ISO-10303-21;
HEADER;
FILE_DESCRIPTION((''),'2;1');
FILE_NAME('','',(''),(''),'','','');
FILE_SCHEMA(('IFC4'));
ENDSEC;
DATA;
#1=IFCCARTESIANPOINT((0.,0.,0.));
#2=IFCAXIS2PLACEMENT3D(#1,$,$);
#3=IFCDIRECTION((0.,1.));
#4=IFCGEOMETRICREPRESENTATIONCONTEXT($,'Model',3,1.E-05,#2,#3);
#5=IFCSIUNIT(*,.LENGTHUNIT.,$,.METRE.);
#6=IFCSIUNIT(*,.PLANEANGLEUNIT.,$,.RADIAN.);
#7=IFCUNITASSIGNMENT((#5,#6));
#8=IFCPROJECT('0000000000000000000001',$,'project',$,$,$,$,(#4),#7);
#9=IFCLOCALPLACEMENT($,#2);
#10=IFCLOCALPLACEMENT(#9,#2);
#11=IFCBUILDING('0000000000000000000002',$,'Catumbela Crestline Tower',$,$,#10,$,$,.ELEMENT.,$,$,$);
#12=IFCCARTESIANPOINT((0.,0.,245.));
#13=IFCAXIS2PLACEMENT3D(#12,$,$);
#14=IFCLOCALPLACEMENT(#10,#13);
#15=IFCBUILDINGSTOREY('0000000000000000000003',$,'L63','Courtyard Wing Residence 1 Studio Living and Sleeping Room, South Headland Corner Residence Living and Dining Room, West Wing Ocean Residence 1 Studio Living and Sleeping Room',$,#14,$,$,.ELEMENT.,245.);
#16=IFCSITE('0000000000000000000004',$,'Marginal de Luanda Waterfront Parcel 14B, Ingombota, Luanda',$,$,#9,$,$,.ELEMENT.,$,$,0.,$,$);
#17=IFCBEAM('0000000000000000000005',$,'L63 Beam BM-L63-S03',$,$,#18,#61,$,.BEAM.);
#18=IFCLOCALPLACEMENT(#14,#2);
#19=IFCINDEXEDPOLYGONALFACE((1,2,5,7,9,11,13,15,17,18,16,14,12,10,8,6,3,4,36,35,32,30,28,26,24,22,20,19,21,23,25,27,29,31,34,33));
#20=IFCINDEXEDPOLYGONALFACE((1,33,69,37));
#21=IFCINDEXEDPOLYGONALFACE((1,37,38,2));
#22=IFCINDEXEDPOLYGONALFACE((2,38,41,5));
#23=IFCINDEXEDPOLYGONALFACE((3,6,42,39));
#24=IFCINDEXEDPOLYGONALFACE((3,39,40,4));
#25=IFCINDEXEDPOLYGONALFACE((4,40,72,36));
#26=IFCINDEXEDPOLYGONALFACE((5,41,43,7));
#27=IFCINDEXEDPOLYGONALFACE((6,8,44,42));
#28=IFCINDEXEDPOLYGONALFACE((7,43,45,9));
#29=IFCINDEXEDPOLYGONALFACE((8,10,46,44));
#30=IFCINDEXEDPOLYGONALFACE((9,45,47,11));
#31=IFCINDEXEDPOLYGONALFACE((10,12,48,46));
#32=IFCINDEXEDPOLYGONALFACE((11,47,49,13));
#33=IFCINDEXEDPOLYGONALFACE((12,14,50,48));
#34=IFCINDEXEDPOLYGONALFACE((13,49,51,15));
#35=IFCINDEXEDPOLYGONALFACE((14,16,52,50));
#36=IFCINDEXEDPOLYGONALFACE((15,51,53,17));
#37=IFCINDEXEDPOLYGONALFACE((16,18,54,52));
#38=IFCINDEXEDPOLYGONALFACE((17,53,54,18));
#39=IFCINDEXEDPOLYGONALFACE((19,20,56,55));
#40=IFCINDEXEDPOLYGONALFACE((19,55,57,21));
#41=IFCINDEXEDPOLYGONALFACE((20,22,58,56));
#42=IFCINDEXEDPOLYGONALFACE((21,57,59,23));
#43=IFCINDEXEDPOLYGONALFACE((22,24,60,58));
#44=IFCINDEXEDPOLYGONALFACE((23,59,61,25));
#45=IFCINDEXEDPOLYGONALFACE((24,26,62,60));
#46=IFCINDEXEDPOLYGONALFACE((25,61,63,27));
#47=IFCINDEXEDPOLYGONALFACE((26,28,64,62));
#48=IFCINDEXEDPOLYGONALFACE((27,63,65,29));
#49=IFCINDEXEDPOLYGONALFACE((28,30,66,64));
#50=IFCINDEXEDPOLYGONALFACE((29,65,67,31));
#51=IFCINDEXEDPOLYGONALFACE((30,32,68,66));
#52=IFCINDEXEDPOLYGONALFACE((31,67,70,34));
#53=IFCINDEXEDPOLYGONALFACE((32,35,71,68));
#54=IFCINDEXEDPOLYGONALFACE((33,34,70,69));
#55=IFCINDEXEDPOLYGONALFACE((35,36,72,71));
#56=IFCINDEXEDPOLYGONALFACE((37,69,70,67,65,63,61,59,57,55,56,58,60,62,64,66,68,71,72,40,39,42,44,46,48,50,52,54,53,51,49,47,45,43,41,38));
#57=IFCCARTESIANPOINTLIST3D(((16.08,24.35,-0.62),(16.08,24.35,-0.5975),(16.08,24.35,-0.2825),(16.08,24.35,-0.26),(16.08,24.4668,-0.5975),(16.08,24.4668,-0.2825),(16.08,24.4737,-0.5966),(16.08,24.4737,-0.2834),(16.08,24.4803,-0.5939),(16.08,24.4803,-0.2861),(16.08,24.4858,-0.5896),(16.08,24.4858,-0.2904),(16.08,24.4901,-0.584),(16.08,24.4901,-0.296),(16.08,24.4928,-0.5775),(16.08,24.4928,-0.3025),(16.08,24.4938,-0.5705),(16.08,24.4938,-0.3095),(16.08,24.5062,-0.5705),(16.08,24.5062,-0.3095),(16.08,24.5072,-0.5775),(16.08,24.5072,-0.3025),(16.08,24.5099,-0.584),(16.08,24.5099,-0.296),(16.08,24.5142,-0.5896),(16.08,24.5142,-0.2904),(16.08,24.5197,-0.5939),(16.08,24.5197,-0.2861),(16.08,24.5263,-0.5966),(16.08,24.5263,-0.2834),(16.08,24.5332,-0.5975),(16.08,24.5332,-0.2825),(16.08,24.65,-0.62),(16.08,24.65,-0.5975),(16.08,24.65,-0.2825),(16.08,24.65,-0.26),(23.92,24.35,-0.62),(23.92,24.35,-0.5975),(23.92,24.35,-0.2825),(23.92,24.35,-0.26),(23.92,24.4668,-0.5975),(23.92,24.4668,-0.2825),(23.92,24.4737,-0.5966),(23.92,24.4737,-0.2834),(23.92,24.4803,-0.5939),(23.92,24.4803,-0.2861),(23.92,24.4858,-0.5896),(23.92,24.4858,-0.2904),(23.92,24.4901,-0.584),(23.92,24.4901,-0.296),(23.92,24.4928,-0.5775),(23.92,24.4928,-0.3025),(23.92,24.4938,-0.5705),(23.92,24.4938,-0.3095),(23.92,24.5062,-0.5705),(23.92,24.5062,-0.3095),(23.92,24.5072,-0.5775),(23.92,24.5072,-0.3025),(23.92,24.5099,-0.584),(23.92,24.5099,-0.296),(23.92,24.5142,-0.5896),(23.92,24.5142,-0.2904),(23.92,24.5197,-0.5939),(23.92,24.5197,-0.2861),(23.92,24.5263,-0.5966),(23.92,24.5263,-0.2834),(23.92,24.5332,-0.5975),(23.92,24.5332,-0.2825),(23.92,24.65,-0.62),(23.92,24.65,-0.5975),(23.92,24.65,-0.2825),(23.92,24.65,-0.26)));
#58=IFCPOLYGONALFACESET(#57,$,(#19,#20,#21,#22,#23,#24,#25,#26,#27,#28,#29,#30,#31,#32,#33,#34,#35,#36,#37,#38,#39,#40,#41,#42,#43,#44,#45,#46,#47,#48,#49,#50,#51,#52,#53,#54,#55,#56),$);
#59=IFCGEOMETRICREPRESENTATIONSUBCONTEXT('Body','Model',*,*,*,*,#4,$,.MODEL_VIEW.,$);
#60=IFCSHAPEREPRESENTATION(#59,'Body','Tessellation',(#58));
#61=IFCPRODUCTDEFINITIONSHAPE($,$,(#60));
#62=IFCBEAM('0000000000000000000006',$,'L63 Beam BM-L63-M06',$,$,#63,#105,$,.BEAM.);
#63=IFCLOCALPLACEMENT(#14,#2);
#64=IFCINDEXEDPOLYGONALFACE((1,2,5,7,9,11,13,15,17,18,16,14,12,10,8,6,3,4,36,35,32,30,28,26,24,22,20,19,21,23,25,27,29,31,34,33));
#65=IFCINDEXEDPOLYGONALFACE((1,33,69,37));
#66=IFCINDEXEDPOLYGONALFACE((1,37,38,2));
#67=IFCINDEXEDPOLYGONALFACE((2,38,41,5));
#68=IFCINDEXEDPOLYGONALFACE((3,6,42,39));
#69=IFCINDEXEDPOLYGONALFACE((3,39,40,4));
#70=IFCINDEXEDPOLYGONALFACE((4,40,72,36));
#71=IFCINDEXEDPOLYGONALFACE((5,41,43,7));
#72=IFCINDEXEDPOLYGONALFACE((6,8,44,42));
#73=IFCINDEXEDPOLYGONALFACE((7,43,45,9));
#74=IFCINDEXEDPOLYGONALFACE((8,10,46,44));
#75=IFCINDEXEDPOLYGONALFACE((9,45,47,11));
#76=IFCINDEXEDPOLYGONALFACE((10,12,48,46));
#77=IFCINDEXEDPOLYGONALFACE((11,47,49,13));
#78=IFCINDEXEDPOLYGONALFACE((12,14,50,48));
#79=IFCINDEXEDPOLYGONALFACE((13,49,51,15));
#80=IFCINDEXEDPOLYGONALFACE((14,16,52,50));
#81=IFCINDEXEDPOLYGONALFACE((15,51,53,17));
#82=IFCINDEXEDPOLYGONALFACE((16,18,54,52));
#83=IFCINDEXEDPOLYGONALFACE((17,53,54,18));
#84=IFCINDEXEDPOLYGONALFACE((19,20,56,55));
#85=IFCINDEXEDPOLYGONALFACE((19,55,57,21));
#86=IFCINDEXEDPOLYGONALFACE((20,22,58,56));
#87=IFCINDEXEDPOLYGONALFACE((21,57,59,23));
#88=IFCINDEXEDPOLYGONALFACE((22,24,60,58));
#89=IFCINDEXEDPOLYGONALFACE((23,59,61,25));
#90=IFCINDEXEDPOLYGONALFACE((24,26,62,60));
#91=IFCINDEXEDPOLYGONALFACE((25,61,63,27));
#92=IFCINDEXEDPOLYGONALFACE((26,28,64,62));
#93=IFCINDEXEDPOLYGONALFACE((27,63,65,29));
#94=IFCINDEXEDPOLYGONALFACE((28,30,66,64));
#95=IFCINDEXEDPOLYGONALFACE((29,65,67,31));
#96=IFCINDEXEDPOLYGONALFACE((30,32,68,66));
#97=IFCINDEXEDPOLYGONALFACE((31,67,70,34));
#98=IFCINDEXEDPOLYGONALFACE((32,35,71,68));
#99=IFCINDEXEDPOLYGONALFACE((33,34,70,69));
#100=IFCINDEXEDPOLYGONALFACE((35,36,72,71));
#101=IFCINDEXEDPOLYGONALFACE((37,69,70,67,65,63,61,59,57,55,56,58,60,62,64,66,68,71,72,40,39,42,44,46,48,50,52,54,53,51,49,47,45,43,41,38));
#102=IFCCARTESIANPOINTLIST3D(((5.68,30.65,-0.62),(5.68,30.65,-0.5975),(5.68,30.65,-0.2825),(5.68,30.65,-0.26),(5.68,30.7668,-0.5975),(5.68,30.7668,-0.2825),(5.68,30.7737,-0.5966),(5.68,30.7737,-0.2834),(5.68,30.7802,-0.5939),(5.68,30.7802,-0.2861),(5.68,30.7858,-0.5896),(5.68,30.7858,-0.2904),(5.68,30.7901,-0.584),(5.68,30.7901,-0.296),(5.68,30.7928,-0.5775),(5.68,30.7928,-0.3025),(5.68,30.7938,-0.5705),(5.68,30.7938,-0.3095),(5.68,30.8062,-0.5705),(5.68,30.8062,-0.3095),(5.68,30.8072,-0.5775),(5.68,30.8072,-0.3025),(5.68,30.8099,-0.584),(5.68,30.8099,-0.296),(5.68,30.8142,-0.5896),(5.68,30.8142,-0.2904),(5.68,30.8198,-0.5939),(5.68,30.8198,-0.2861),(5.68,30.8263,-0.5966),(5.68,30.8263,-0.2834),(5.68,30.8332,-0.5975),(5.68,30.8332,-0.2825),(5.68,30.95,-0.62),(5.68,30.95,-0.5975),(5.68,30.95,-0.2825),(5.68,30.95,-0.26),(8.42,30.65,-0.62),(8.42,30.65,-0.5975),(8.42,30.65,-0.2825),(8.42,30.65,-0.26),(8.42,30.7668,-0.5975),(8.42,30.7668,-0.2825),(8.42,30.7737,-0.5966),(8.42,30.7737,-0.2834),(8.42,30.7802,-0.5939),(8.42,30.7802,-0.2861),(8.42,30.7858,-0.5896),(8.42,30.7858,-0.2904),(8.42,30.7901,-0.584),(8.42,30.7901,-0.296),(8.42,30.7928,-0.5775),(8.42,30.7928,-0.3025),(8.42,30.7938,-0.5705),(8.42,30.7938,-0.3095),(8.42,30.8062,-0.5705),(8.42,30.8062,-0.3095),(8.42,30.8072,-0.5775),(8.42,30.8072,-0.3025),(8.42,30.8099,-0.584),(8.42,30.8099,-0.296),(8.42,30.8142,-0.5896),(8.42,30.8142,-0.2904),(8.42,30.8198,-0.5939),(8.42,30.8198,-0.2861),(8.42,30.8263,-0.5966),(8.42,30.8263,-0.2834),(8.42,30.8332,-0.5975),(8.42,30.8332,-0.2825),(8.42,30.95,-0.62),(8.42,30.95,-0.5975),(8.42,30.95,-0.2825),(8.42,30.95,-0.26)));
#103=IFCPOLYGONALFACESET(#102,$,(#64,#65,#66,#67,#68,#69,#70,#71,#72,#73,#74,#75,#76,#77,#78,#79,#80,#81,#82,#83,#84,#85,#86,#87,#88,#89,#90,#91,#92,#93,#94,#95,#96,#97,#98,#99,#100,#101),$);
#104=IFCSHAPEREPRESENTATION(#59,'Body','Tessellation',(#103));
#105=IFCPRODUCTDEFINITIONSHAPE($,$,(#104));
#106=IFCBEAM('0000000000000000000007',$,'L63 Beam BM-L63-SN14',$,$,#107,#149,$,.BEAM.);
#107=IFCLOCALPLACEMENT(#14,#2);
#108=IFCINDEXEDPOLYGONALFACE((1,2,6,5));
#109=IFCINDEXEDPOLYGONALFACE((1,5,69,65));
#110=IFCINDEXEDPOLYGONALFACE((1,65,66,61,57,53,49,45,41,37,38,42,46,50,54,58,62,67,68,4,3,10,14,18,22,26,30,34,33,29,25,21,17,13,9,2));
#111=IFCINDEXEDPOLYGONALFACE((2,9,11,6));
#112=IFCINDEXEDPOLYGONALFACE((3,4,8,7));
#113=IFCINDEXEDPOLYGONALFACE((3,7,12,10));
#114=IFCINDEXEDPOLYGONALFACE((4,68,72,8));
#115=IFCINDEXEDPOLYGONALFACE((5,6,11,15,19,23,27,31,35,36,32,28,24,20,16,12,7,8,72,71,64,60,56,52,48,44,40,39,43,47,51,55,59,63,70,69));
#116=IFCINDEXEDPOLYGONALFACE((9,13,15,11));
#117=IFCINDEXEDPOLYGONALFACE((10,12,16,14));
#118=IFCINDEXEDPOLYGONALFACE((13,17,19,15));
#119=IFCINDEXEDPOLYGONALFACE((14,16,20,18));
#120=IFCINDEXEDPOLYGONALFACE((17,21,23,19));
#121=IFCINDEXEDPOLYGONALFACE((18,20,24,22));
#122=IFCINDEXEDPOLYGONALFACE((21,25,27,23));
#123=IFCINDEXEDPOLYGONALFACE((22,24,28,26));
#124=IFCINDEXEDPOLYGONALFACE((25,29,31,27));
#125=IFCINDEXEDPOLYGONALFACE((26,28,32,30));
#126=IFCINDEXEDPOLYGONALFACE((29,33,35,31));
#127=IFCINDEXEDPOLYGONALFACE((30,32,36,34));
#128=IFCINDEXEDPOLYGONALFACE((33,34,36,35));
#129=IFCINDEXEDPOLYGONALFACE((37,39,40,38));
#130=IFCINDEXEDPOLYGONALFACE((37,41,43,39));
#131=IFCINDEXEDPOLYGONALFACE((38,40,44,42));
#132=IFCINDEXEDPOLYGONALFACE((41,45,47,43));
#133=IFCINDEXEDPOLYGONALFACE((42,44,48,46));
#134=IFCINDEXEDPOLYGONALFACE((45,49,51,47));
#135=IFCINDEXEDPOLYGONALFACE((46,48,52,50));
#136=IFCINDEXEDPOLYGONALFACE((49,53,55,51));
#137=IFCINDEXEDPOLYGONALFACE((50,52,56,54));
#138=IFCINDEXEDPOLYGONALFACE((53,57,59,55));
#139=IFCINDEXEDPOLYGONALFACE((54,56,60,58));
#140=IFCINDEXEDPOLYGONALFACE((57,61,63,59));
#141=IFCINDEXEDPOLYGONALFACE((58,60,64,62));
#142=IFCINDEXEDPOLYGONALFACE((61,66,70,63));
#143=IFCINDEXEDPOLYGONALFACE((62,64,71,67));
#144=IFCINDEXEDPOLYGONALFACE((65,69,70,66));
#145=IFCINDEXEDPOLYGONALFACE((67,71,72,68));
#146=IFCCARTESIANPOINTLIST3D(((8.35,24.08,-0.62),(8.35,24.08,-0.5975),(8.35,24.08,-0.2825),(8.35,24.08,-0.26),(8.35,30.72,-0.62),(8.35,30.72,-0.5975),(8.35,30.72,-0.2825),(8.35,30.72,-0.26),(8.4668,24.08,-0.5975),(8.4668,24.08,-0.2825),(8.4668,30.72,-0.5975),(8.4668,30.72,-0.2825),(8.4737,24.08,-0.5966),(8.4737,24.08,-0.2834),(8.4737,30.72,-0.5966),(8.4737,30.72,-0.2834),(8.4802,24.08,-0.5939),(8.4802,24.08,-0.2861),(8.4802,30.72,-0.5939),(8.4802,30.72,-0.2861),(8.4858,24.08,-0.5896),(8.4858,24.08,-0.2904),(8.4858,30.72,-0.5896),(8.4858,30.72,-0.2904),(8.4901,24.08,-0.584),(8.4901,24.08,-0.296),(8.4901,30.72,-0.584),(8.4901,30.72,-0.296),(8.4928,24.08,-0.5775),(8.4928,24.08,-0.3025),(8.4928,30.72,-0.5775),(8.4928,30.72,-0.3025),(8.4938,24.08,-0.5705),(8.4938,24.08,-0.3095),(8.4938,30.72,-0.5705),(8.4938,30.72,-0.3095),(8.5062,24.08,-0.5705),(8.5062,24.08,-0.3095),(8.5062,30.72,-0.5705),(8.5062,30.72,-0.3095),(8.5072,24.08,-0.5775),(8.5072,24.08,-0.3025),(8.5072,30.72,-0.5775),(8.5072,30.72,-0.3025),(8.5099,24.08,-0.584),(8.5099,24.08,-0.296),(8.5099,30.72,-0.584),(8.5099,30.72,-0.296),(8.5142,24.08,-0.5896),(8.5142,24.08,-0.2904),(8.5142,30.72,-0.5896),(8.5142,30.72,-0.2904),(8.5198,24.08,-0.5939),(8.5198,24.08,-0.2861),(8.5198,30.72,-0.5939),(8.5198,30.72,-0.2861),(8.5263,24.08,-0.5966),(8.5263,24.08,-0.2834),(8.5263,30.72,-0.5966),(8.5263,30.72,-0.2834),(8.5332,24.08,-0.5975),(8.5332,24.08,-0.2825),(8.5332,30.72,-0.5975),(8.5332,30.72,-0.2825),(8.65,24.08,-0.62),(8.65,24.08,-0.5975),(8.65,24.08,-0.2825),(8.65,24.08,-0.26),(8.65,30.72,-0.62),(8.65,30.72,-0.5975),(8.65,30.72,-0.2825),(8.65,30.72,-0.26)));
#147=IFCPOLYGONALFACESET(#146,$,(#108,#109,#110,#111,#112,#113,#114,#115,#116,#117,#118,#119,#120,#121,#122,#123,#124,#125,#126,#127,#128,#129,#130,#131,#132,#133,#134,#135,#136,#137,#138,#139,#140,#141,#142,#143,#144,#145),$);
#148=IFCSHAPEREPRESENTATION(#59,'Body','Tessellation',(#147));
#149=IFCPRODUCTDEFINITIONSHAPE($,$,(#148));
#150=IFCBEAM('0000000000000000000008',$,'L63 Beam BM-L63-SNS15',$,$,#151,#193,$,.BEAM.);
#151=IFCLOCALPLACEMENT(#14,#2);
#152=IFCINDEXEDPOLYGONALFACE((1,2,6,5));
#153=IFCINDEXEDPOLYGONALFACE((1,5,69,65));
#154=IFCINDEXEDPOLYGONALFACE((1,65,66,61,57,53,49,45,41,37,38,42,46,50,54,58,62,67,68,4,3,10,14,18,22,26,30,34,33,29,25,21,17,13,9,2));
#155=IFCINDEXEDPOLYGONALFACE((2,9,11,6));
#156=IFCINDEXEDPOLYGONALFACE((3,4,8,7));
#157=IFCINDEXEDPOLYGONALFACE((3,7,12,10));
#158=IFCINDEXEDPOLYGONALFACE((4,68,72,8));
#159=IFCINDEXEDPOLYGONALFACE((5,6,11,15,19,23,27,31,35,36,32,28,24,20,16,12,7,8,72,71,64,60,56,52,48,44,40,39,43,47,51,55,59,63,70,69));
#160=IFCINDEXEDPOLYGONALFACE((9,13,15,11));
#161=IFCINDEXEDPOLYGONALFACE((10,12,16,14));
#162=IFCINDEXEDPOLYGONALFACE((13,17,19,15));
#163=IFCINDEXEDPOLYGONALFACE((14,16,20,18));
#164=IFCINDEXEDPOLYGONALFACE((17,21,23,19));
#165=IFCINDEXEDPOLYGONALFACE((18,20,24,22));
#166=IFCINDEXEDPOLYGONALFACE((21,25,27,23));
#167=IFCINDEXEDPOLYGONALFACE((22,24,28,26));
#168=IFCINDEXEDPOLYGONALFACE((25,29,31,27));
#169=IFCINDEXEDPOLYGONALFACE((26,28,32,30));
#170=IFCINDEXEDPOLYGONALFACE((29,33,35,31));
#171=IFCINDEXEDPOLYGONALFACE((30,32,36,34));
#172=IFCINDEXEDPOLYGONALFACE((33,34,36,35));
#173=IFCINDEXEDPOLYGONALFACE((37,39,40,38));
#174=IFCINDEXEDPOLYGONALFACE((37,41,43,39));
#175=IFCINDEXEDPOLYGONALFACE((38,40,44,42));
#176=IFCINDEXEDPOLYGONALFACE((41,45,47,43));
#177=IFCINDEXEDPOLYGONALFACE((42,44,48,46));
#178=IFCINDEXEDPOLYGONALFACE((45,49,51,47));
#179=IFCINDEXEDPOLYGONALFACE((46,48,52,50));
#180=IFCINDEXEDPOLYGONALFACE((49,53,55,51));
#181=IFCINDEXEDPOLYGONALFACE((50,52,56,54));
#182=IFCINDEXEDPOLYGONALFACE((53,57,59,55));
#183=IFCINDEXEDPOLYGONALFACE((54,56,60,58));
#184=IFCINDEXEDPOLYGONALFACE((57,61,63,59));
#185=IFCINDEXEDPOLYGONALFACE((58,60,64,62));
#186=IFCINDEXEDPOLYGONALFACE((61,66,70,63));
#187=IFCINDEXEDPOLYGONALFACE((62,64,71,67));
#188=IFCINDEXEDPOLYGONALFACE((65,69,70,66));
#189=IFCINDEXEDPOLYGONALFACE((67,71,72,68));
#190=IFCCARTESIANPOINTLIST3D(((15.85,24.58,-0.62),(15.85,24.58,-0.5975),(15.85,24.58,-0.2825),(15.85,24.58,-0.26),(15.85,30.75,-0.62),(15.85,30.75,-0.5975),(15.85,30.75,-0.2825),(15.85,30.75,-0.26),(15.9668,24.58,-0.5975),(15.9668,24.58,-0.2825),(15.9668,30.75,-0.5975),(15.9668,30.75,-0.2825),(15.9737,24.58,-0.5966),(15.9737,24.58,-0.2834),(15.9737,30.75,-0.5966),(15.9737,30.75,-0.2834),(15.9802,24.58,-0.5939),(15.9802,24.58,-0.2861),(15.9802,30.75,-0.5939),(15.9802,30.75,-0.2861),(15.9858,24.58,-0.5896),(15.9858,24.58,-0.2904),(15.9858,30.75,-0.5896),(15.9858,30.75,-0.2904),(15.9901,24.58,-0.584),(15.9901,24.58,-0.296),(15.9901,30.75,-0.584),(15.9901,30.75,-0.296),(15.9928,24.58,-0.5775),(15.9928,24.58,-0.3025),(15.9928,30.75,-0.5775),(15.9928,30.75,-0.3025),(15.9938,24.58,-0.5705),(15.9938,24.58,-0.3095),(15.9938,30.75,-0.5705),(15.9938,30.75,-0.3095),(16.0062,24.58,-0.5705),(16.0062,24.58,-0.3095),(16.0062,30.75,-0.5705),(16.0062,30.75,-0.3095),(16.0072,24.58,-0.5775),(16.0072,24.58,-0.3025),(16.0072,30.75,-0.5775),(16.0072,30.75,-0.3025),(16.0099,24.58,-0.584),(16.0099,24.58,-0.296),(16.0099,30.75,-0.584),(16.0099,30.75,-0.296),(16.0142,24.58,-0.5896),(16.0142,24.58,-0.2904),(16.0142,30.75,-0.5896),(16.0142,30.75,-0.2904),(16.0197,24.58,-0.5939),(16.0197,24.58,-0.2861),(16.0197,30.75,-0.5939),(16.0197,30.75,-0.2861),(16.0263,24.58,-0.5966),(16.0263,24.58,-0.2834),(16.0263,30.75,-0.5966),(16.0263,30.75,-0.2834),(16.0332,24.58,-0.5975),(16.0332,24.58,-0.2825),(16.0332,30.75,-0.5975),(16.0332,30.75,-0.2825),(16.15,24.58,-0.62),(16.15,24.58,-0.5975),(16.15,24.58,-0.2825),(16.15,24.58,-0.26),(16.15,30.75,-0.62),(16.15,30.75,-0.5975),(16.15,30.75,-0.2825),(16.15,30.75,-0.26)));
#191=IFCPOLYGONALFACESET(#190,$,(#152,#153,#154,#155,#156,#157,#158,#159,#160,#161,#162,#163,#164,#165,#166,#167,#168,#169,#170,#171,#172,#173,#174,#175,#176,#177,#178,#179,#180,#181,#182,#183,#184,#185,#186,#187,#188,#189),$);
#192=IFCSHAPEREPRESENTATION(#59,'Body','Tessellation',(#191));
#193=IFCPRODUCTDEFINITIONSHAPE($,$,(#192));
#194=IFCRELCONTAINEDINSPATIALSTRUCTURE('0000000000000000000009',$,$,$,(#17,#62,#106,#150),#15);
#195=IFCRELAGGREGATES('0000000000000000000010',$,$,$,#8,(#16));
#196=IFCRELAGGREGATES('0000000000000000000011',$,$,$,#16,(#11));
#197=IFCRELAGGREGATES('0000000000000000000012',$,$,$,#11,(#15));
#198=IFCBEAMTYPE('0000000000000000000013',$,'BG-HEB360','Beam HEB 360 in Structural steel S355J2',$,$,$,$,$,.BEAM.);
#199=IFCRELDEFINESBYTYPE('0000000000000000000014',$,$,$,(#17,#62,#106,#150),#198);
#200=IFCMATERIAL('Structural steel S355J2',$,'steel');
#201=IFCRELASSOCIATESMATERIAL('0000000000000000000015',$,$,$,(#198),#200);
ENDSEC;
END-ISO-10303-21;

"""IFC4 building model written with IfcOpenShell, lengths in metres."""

from ifc_helpers import new_model, si_unit, direction, frame, origin, origin_2d, place, context, subcontext, project, spatial, i_section, extrude, material, material_profile, profile_set, type_object, element, save


model = new_model("IFC4")

# Units and contexts
model_context = context("Model", 3, precision=1e-05, world=origin(), true_north=direction((0.0, 1.0)))
body_context = subcontext(model_context, "Body", "Model", "MODEL_VIEW")
ifc_project = project(units=[si_unit("LENGTHUNIT", "METRE"), si_unit("PLANEANGLEUNIT", "RADIAN")], contexts=[model_context])

# Site, building, storey
site_placement = place(None, origin())
site = spatial("IfcSite", under=ifc_project, at=site_placement, Name="Marginal de Luanda Waterfront Parcel 14B, Ingombota, Luanda", CompositionType="ELEMENT", RefElevation=0.0)
building_placement = place(site_placement, origin())
building = spatial("IfcBuilding", under=site, at=building_placement, Name="Catumbela Crestline Tower", CompositionType="ELEMENT")
storey_placement = place(building_placement, frame((0.0, 0.0, 245.0)))
storey = spatial("IfcBuildingStorey", under=building, at=storey_placement, Name="L63", Description="Courtyard Wing Residence 1 Studio Living and Sleeping Room, South Headland Corner Residence Living and Dining Room, West Wing Ocean Residence 1 Studio Living and Sleeping Room", CompositionType="ELEMENT", Elevation=245.0)

# Shared definitions
ifc_material_1 = material(Name="Structural steel S355J2", Category="steel")

# Beams
ifc_material_profile_1 = material_profile(ifc_material_1, i_section(OverallWidth=0.3, OverallDepth=0.36, WebThickness=0.0125, FlangeThickness=0.0225, FilletRadius=0.027, at=origin_2d()), Name="HEB 360")
ifc_profile_set_1 = profile_set([ifc_material_profile_1], Name="Structural steel S355J2")
beam_type = type_object("IfcBeamType", Name="BG-HEB360", Description="Beam HEB 360 in Structural steel S355J2", PredefinedType="BEAM", material=ifc_profile_set_1)
beam_1_placement = place(storey_placement, frame((16.08, 24.5, -0.44), z_axis=(1.0, 0.0, 0.0), x_axis=(0.0, 1.0, 0.0)))
element("IfcBeam", 1, at=beam_1_placement, inside=storey, type_object=beam_type, Name="L63 Beam BM-L63-S03", PredefinedType="BEAM", context=body_context, shape_type="SweptSolid", body=[
    extrude(i_section(OverallWidth=0.3, OverallDepth=0.36, WebThickness=0.0125, FlangeThickness=0.0225, FilletRadius=0.027, at=origin_2d()), origin(), (0.0, 0.0, 1.0), 7.84),
])
beam_2_placement = place(storey_placement, frame((5.68, 30.8, -0.44), z_axis=(1.0, 0.0, 0.0), x_axis=(0.0, 1.0, 0.0)))
element("IfcBeam", 2, at=beam_2_placement, inside=storey, type_object=beam_type, Name="L63 Beam BM-L63-M06", PredefinedType="BEAM", context=body_context, shape_type="SweptSolid", body=[
    extrude(i_section(OverallWidth=0.3, OverallDepth=0.36, WebThickness=0.0125, FlangeThickness=0.0225, FilletRadius=0.027, at=origin_2d()), origin(), (0.0, 0.0, 1.0), 2.74),
])
beam_3_placement = place(storey_placement, frame((8.5, 24.08, -0.44), z_axis=(0.0, 1.0, 0.0), x_axis=(-1.0, 0.0, 0.0)))
element("IfcBeam", 3, at=beam_3_placement, inside=storey, type_object=beam_type, Name="L63 Beam BM-L63-SN14", PredefinedType="BEAM", context=body_context, shape_type="SweptSolid", body=[
    extrude(i_section(OverallWidth=0.3, OverallDepth=0.36, WebThickness=0.0125, FlangeThickness=0.0225, FilletRadius=0.027, at=origin_2d()), origin(), (0.0, 0.0, 1.0), 6.64),
])
beam_4_placement = place(storey_placement, frame((16.0, 24.58, -0.44), z_axis=(0.0, 1.0, 0.0), x_axis=(-1.0, 0.0, 0.0)))
element("IfcBeam", 4, at=beam_4_placement, inside=storey, type_object=beam_type, Name="L63 Beam BM-L63-SNS15", PredefinedType="BEAM", context=body_context, shape_type="SweptSolid", body=[
    extrude(i_section(OverallWidth=0.3, OverallDepth=0.36, WebThickness=0.0125, FlangeThickness=0.0225, FilletRadius=0.027, at=origin_2d()), origin(), (0.0, 0.0, 1.0), 6.17),
])

save(model, "model.ifc")
